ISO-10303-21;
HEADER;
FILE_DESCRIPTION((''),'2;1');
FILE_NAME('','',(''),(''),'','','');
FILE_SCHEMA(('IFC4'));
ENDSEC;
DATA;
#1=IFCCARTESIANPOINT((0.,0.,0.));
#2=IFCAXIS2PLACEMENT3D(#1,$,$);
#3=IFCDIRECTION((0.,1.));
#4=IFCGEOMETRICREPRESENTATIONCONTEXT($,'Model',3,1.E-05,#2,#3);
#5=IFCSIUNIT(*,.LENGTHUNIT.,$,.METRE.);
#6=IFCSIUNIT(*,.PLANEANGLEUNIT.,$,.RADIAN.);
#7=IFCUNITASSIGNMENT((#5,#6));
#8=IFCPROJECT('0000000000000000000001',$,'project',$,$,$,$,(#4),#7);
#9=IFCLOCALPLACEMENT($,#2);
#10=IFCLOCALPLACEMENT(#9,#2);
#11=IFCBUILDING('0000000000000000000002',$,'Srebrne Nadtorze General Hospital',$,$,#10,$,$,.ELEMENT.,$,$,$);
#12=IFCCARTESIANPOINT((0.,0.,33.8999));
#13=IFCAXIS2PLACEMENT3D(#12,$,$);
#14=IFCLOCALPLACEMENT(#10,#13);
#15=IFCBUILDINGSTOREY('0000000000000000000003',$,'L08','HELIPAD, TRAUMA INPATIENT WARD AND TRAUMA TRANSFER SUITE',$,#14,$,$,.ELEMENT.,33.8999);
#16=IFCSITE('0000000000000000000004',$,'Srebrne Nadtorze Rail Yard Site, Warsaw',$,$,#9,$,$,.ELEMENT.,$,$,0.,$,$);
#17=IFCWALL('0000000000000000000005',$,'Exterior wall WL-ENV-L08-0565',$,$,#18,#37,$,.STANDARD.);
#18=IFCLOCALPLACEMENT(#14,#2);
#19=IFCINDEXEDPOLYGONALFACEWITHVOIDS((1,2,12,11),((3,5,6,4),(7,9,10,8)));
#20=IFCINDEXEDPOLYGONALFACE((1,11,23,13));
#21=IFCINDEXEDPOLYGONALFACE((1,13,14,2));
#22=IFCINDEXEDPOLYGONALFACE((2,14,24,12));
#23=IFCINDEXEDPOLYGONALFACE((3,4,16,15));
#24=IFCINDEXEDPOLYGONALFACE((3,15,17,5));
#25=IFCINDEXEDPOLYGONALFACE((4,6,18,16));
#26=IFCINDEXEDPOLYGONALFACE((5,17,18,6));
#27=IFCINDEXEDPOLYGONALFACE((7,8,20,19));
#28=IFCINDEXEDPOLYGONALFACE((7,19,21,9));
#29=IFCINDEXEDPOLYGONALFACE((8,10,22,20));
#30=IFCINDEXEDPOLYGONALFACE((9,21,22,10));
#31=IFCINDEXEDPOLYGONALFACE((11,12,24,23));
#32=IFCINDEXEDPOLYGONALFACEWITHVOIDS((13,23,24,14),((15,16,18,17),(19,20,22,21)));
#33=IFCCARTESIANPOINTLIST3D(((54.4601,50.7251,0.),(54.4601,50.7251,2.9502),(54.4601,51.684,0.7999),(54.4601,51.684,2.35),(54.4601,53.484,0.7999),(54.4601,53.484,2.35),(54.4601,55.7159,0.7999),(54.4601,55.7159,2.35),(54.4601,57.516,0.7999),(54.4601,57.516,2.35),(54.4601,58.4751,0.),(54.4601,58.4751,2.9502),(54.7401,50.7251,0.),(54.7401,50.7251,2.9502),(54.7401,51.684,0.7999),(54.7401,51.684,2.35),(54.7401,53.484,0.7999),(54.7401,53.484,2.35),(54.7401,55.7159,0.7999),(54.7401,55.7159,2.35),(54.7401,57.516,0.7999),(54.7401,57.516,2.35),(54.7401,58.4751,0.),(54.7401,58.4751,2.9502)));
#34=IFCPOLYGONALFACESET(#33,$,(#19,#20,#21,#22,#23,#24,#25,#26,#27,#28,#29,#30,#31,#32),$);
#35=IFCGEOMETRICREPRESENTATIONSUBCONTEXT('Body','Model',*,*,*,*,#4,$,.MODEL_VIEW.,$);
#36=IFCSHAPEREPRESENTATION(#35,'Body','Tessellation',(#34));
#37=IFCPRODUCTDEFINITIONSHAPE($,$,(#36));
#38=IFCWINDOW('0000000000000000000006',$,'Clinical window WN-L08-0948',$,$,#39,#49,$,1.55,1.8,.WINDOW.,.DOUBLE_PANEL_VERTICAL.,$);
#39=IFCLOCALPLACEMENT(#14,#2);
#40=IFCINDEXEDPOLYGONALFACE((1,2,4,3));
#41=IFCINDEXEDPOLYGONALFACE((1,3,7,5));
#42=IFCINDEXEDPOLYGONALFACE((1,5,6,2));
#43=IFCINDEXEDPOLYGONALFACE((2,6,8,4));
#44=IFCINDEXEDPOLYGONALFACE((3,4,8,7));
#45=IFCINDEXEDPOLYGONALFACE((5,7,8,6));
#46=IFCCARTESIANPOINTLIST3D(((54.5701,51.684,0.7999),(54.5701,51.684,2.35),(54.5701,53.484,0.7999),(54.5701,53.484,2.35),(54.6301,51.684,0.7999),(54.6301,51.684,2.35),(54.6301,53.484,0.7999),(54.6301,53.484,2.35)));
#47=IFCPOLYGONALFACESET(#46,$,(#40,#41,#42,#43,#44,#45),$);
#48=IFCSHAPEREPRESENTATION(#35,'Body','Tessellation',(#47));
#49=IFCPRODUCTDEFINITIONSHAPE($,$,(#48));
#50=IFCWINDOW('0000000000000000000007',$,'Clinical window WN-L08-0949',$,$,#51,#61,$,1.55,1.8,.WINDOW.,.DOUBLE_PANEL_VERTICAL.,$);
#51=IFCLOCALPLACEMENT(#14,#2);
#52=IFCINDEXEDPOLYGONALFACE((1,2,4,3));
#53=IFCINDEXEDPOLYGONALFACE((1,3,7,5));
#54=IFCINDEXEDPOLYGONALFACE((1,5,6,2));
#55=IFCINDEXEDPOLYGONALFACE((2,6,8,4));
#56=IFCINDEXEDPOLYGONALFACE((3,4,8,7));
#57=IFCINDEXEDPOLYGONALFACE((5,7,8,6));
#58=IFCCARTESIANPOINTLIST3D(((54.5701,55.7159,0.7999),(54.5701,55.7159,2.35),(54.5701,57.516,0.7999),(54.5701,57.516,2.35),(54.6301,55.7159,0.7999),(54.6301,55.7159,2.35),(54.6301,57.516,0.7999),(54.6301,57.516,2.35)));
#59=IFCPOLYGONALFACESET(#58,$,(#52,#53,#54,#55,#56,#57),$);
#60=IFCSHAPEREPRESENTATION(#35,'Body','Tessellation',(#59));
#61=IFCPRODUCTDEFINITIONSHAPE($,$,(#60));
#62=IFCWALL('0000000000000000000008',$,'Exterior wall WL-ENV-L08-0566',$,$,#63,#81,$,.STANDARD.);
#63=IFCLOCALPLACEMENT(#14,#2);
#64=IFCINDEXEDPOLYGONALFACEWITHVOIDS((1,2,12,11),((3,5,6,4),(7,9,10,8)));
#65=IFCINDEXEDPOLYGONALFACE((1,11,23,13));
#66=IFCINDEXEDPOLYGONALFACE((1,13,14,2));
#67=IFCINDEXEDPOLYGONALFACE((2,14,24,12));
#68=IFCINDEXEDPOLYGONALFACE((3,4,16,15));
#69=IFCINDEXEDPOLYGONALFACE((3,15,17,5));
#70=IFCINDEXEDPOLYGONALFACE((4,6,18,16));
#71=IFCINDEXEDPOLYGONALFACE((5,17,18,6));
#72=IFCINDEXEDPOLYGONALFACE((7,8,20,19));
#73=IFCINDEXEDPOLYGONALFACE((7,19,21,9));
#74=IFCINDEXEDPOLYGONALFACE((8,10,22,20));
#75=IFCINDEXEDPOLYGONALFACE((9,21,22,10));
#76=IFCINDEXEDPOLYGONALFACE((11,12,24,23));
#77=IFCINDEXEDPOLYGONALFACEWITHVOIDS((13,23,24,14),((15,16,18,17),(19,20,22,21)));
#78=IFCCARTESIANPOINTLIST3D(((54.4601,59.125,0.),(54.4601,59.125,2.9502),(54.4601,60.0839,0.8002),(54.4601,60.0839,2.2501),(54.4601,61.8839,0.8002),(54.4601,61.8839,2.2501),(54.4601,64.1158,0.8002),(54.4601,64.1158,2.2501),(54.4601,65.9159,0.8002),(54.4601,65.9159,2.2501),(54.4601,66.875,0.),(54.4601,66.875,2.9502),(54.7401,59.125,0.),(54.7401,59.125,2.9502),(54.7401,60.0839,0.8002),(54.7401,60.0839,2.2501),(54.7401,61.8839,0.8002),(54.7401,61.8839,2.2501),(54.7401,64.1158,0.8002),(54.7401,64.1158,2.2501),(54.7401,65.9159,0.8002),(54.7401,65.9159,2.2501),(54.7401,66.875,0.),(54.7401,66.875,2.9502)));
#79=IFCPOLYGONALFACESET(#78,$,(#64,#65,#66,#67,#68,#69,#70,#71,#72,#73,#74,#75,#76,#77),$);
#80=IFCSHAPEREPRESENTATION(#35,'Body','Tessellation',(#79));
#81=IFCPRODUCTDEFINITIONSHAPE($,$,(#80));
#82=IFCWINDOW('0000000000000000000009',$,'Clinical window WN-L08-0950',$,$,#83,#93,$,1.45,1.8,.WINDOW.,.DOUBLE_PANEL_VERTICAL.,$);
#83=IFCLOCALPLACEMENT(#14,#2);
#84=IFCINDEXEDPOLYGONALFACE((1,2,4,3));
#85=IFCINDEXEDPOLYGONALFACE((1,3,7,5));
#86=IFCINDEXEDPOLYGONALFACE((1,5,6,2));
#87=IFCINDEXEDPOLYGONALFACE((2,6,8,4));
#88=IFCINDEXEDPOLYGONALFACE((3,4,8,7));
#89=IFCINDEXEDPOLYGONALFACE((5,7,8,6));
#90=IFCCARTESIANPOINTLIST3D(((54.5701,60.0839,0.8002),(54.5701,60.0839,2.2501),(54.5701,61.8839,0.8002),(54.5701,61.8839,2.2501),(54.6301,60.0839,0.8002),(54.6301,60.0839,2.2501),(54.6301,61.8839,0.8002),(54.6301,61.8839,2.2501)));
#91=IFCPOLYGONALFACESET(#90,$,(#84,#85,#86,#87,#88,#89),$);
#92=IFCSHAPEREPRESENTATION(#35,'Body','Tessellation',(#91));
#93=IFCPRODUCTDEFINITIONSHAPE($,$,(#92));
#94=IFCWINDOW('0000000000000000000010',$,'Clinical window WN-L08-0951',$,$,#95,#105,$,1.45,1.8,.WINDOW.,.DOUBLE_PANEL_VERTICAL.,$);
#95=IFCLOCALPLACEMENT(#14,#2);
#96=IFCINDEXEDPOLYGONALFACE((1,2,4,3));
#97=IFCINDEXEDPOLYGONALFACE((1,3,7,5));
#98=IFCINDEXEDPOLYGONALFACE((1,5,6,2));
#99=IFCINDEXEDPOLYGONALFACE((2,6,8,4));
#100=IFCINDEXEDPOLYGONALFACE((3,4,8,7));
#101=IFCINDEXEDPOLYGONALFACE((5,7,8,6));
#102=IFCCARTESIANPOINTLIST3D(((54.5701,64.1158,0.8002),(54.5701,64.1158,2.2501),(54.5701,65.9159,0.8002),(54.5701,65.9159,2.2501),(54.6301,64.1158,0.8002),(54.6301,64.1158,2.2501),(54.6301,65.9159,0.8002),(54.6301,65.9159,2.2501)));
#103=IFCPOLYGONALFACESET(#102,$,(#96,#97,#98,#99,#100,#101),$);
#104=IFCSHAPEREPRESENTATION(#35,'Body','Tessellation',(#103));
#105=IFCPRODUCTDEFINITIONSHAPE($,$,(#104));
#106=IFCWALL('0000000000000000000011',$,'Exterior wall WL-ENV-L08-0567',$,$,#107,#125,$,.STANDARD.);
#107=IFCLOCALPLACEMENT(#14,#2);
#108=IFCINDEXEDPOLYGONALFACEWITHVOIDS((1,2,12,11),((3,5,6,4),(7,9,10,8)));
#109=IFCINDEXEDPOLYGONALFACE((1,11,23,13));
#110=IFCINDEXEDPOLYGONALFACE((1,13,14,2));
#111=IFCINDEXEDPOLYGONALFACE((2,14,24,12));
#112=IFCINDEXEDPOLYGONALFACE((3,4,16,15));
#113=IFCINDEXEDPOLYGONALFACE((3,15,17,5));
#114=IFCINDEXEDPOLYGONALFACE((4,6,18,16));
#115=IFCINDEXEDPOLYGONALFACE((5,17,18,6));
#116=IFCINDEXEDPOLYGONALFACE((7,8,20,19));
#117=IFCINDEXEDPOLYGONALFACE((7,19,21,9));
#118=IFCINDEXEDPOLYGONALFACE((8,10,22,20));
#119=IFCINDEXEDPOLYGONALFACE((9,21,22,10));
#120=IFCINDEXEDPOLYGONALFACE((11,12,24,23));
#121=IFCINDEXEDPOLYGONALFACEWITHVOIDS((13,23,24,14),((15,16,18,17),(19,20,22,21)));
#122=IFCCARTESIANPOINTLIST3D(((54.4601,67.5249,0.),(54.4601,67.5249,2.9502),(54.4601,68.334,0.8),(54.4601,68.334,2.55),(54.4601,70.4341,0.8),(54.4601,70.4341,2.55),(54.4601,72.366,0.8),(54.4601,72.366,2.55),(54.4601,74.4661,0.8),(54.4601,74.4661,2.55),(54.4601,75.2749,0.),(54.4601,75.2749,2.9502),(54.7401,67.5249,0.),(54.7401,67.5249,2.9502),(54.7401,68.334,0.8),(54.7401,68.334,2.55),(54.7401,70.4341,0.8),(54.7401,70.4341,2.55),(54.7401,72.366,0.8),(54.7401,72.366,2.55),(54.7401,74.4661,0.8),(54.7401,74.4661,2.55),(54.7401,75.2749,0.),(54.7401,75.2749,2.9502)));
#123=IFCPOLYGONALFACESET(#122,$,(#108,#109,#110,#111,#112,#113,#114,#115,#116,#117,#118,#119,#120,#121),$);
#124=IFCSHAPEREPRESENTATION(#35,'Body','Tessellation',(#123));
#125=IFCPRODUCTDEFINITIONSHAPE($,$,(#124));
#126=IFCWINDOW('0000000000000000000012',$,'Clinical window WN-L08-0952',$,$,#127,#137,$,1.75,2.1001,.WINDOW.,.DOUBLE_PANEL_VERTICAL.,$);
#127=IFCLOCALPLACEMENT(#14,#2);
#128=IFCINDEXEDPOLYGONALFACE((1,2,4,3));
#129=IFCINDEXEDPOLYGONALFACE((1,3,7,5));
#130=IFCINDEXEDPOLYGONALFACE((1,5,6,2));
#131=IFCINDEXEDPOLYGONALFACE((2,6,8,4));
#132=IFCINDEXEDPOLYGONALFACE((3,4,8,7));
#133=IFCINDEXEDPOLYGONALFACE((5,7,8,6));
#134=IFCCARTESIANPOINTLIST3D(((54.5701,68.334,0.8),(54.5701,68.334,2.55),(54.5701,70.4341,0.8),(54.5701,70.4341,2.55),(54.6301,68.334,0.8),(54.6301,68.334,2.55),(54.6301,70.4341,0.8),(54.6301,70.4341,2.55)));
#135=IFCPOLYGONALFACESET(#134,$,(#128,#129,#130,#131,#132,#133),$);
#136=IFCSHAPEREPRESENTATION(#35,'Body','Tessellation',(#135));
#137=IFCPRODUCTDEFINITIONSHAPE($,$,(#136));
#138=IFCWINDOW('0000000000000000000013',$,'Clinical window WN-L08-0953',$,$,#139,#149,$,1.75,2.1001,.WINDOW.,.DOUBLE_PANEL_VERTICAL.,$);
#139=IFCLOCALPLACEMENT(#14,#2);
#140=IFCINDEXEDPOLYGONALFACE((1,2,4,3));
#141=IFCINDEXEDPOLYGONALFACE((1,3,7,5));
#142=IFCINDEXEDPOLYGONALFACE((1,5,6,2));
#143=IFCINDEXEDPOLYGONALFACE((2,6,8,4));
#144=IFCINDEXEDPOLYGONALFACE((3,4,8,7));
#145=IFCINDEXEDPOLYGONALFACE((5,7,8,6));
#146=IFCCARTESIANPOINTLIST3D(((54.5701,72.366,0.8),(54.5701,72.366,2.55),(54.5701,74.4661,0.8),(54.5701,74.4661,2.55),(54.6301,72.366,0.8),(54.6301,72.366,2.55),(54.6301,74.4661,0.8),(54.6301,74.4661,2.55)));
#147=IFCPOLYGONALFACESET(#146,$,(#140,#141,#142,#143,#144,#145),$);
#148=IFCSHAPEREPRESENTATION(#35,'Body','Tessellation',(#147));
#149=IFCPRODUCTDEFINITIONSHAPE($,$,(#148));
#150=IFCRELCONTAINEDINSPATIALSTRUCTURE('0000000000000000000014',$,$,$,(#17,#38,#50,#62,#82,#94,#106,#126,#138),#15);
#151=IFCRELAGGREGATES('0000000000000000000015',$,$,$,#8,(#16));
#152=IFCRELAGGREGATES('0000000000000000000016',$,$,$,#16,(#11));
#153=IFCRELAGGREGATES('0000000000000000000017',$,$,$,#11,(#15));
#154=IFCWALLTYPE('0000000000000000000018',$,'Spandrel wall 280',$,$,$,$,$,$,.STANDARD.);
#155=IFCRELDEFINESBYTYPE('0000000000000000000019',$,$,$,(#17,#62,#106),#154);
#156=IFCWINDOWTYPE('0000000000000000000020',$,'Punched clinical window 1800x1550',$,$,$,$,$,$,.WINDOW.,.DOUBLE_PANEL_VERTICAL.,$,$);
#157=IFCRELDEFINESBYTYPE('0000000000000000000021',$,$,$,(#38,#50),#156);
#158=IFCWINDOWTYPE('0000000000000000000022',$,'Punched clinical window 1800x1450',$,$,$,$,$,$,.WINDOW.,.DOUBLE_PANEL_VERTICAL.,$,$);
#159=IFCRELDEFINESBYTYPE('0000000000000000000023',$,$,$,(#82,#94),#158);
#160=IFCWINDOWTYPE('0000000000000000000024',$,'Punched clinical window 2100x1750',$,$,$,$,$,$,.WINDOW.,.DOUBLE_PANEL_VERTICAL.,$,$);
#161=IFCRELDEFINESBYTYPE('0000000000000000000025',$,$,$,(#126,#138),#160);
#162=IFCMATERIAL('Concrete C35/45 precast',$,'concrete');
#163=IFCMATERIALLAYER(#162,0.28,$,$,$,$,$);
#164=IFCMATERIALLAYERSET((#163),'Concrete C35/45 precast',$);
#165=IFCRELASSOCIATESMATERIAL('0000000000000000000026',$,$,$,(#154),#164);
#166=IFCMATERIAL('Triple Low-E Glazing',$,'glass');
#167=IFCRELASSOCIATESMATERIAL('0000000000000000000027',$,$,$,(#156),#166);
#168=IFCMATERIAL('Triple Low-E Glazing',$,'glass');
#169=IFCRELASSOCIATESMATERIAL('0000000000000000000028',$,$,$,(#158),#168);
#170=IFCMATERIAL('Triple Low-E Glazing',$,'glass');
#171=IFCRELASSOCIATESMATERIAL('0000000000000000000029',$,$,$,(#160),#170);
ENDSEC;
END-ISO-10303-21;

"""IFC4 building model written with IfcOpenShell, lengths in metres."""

from ifc_helpers import new_model, si_unit, direction, frame, frame_2d, origin, place, context, subcontext, project, spatial, rectangle, extrude, material, layer, layer_set, type_object, element, fill, save


model = new_model("IFC4")

# Units and contexts
model_context = context("Model", 3, precision=1e-05, world=origin(), true_north=direction((0.0, 1.0)))
body_context = subcontext(model_context, "Body", "Model", "MODEL_VIEW")
ifc_project = project(units=[si_unit("LENGTHUNIT", "METRE"), si_unit("PLANEANGLEUNIT", "RADIAN")], contexts=[model_context])

# Site, building, storey
site_placement = place(None, origin())
site = spatial("IfcSite", under=ifc_project, at=site_placement, Name="Srebrne Nadtorze Rail Yard Site, Warsaw", CompositionType="ELEMENT", RefElevation=0.0)
building_placement = place(site_placement, origin())
building = spatial("IfcBuilding", under=site, at=building_placement, Name="Srebrne Nadtorze General Hospital", CompositionType="ELEMENT")
storey_placement = place(building_placement, frame((0.0, 0.0, 33.8999)))
storey = spatial("IfcBuildingStorey", under=building, at=storey_placement, Name="L08", Description="HELIPAD, TRAUMA INPATIENT WARD AND TRAUMA TRANSFER SUITE", CompositionType="ELEMENT", Elevation=33.8999)

# Walls, openings, windows
ifc_material_1 = material(Name="Concrete C35/45 precast", Category="concrete")
ifc_layer_1 = layer(ifc_material_1, 0.28)
ifc_layer_set_1 = layer_set([ifc_layer_1], Name="Concrete C35/45 precast")
wall_type = type_object("IfcWallType", Name="Spandrel wall 280", PredefinedType="STANDARD", material=ifc_layer_set_1)
wall_1_placement = place(storey_placement, frame((54.6001, 50.7251, 0.0), z_axis=(0.0, 0.0, 1.0), x_axis=(0.0, 1.0, 0.0)))
wall_1 = element("IfcWall", 1, at=wall_1_placement, inside=storey, type_object=wall_type, Name="Exterior wall WL-ENV-L08-0565", PredefinedType="STANDARD", context=body_context, shape_type="SweptSolid", body=[
    extrude(rectangle(XDim=7.75, YDim=0.28, at=frame_2d((3.875, 0.0))), origin(), (0.0, 0.0, 1.0), 2.9502),
])
opening_1_placement = place(wall_1_placement, frame((0.959, 0.0, 0.8)))
opening_1 = element("IfcOpeningElement", 2, at=opening_1_placement, cuts=wall_1, PredefinedType="OPENING", context=body_context, shape_type="SweptSolid", body=[
    extrude(rectangle(XDim=1.8, YDim=1.55, at=frame_2d((0.8999, 0.7749))), frame((0.0, 0.1519, 0.0), z_axis=(0.0, -1.0, 0.0), x_axis=(1.0, 0.0, 0.0)), (0.0, 0.0, 1.0), 0.304),
])
opening_2_placement = place(wall_1_placement, frame((4.991, 0.0, 0.8)))
opening_2 = element("IfcOpeningElement", 3, at=opening_2_placement, cuts=wall_1, PredefinedType="OPENING", context=body_context, shape_type="SweptSolid", body=[
    extrude(rectangle(XDim=1.8, YDim=1.55, at=frame_2d((0.8999, 0.7749))), frame((0.0, 0.1519, 0.0), z_axis=(0.0, -1.0, 0.0), x_axis=(1.0, 0.0, 0.0)), (0.0, 0.0, 1.0), 0.304),
])
ifc_material_2 = material(Name="Triple Low-E Glazing", Category="glass")
window_type_1 = type_object("IfcWindowType", Name="Punched clinical window 1800x1550", PartitioningType="DOUBLE_PANEL_VERTICAL", PredefinedType="WINDOW", material=ifc_material_2)
window_1_placement = place(opening_1_placement, origin())
window_1 = element("IfcWindow", 4, at=window_1_placement, inside=storey, type_object=window_type_1, Name="Clinical window WN-L08-0948", OverallHeight=1.55, OverallWidth=1.8, PartitioningType="DOUBLE_PANEL_VERTICAL", PredefinedType="WINDOW", context=body_context, shape_type="SweptSolid", body=[
    extrude(rectangle(XDim=1.8, YDim=1.55, at=frame_2d((0.8999, 0.7749))), frame((0.0, 0.03, 0.0), z_axis=(0.0, -1.0, 0.0), x_axis=(1.0, 0.0, 0.0)), (0.0, 0.0, 1.0), 0.0601),
])
fill(opening_1, window_1)
window_2_placement = place(opening_2_placement, origin())
window_2 = element("IfcWindow", 5, at=window_2_placement, inside=storey, type_object=window_type_1, Name="Clinical window WN-L08-0949", OverallHeight=1.55, OverallWidth=1.8, PartitioningType="DOUBLE_PANEL_VERTICAL", PredefinedType="WINDOW", context=body_context, shape_type="SweptSolid", body=[
    extrude(rectangle(XDim=1.8, YDim=1.55, at=frame_2d((0.8999, 0.7749))), frame((0.0, 0.03, 0.0), z_axis=(0.0, -1.0, 0.0), x_axis=(1.0, 0.0, 0.0)), (0.0, 0.0, 1.0), 0.0601),
])
fill(opening_2, window_2)
wall_2_placement = place(storey_placement, frame((54.6001, 59.125, 0.0), z_axis=(0.0, 0.0, 1.0), x_axis=(0.0, 1.0, 0.0)))
wall_2 = element("IfcWall", 6, at=wall_2_placement, inside=storey, type_object=wall_type, Name="Exterior wall WL-ENV-L08-0566", PredefinedType="STANDARD", context=body_context, shape_type="SweptSolid", body=[
    extrude(rectangle(XDim=7.75, YDim=0.28, at=frame_2d((3.875, 0.0))), origin(), (0.0, 0.0, 1.0), 2.9502),
])
opening_3_placement = place(wall_2_placement, frame((0.959, 0.0, 0.8)))
opening_3 = element("IfcOpeningElement", 7, at=opening_3_placement, cuts=wall_2, PredefinedType="OPENING", context=body_context, shape_type="SweptSolid", body=[
    extrude(rectangle(XDim=1.8, YDim=1.45, at=frame_2d((0.8999, 0.7251))), frame((0.0, 0.1519, 0.0), z_axis=(0.0, -1.0, 0.0), x_axis=(1.0, 0.0, 0.0)), (0.0, 0.0, 1.0), 0.304),
])
opening_4_placement = place(wall_2_placement, frame((4.991, 0.0, 0.8)))
opening_4 = element("IfcOpeningElement", 8, at=opening_4_placement, cuts=wall_2, PredefinedType="OPENING", context=body_context, shape_type="SweptSolid", body=[
    extrude(rectangle(XDim=1.8, YDim=1.45, at=frame_2d((0.8999, 0.7251))), frame((0.0, 0.1519, 0.0), z_axis=(0.0, -1.0, 0.0), x_axis=(1.0, 0.0, 0.0)), (0.0, 0.0, 1.0), 0.304),
])
ifc_material_3 = material(Name="Triple Low-E Glazing", Category="glass")
window_type_2 = type_object("IfcWindowType", Name="Punched clinical window 1800x1450", PartitioningType="DOUBLE_PANEL_VERTICAL", PredefinedType="WINDOW", material=ifc_material_3)
window_3_placement = place(opening_3_placement, origin())
window_3 = element("IfcWindow", 9, at=window_3_placement, inside=storey, type_object=window_type_2, Name="Clinical window WN-L08-0950", OverallHeight=1.45, OverallWidth=1.8, PartitioningType="DOUBLE_PANEL_VERTICAL", PredefinedType="WINDOW", context=body_context, shape_type="SweptSolid", body=[
    extrude(rectangle(XDim=1.8, YDim=1.45, at=frame_2d((0.8999, 0.7251))), frame((0.0, 0.03, 0.0), z_axis=(0.0, -1.0, 0.0), x_axis=(1.0, 0.0, 0.0)), (0.0, 0.0, 1.0), 0.0601),
])
fill(opening_3, window_3)
window_4_placement = place(opening_4_placement, origin())
window_4 = element("IfcWindow", 10, at=window_4_placement, inside=storey, type_object=window_type_2, Name="Clinical window WN-L08-0951", OverallHeight=1.45, OverallWidth=1.8, PartitioningType="DOUBLE_PANEL_VERTICAL", PredefinedType="WINDOW", context=body_context, shape_type="SweptSolid", body=[
    extrude(rectangle(XDim=1.8, YDim=1.45, at=frame_2d((0.8999, 0.7251))), frame((0.0, 0.03, 0.0), z_axis=(0.0, -1.0, 0.0), x_axis=(1.0, 0.0, 0.0)), (0.0, 0.0, 1.0), 0.0601),
])
fill(opening_4, window_4)
wall_3_placement = place(storey_placement, frame((54.6001, 67.5249, 0.0), z_axis=(0.0, 0.0, 1.0), x_axis=(0.0, 1.0, 0.0)))
wall_3 = element("IfcWall", 11, at=wall_3_placement, inside=storey, type_object=wall_type, Name="Exterior wall WL-ENV-L08-0567", PredefinedType="STANDARD", context=body_context, shape_type="SweptSolid", body=[
    extrude(rectangle(XDim=7.75, YDim=0.28, at=frame_2d((3.875, 0.0))), origin(), (0.0, 0.0, 1.0), 2.9502),
])
opening_5_placement = place(wall_3_placement, frame((0.8091, 0.0, 0.8)))
opening_5 = element("IfcOpeningElement", 12, at=opening_5_placement, cuts=wall_3, PredefinedType="OPENING", context=body_context, shape_type="SweptSolid", body=[
    extrude(rectangle(XDim=2.1001, YDim=1.75, at=frame_2d((1.05, 0.875))), frame((0.0, 0.1519, 0.0), z_axis=(0.0, -1.0, 0.0), x_axis=(1.0, 0.0, 0.0)), (0.0, 0.0, 1.0), 0.304),
])
opening_6_placement = place(wall_3_placement, frame((4.8411, 0.0, 0.8)))
opening_6 = element("IfcOpeningElement", 13, at=opening_6_placement, cuts=wall_3, PredefinedType="OPENING", context=body_context, shape_type="SweptSolid", body=[
    extrude(rectangle(XDim=2.1001, YDim=1.75, at=frame_2d((1.05, 0.875))), frame((0.0, 0.1519, 0.0), z_axis=(0.0, -1.0, 0.0), x_axis=(1.0, 0.0, 0.0)), (0.0, 0.0, 1.0), 0.304),
])
ifc_material_4 = material(Name="Triple Low-E Glazing", Category="glass")
window_type_3 = type_object("IfcWindowType", Name="Punched clinical window 2100x1750", PartitioningType="DOUBLE_PANEL_VERTICAL", PredefinedType="WINDOW", material=ifc_material_4)
window_5_placement = place(opening_5_placement, origin())
window_5 = element("IfcWindow", 14, at=window_5_placement, inside=storey, type_object=window_type_3, Name="Clinical window WN-L08-0952", OverallHeight=1.75, OverallWidth=2.1001, PartitioningType="DOUBLE_PANEL_VERTICAL", PredefinedType="WINDOW", context=body_context, shape_type="SweptSolid", body=[
    extrude(rectangle(XDim=2.1001, YDim=1.75, at=frame_2d((1.05, 0.875))), frame((0.0, 0.03, 0.0), z_axis=(0.0, -1.0, 0.0), x_axis=(1.0, 0.0, 0.0)), (0.0, 0.0, 1.0), 0.0601),
])
fill(opening_5, window_5)
window_6_placement = place(opening_6_placement, origin())
window_6 = element("IfcWindow", 15, at=window_6_placement, inside=storey, type_object=window_type_3, Name="Clinical window WN-L08-0953", OverallHeight=1.75, OverallWidth=2.1001, PartitioningType="DOUBLE_PANEL_VERTICAL", PredefinedType="WINDOW", context=body_context, shape_type="SweptSolid", body=[
    extrude(rectangle(XDim=2.1001, YDim=1.75, at=frame_2d((1.05, 0.875))), frame((0.0, 0.03, 0.0), z_axis=(0.0, -1.0, 0.0), x_axis=(1.0, 0.0, 0.0)), (0.0, 0.0, 1.0), 0.0601),
])
fill(opening_6, window_6)

save(model, "model.ifc")
